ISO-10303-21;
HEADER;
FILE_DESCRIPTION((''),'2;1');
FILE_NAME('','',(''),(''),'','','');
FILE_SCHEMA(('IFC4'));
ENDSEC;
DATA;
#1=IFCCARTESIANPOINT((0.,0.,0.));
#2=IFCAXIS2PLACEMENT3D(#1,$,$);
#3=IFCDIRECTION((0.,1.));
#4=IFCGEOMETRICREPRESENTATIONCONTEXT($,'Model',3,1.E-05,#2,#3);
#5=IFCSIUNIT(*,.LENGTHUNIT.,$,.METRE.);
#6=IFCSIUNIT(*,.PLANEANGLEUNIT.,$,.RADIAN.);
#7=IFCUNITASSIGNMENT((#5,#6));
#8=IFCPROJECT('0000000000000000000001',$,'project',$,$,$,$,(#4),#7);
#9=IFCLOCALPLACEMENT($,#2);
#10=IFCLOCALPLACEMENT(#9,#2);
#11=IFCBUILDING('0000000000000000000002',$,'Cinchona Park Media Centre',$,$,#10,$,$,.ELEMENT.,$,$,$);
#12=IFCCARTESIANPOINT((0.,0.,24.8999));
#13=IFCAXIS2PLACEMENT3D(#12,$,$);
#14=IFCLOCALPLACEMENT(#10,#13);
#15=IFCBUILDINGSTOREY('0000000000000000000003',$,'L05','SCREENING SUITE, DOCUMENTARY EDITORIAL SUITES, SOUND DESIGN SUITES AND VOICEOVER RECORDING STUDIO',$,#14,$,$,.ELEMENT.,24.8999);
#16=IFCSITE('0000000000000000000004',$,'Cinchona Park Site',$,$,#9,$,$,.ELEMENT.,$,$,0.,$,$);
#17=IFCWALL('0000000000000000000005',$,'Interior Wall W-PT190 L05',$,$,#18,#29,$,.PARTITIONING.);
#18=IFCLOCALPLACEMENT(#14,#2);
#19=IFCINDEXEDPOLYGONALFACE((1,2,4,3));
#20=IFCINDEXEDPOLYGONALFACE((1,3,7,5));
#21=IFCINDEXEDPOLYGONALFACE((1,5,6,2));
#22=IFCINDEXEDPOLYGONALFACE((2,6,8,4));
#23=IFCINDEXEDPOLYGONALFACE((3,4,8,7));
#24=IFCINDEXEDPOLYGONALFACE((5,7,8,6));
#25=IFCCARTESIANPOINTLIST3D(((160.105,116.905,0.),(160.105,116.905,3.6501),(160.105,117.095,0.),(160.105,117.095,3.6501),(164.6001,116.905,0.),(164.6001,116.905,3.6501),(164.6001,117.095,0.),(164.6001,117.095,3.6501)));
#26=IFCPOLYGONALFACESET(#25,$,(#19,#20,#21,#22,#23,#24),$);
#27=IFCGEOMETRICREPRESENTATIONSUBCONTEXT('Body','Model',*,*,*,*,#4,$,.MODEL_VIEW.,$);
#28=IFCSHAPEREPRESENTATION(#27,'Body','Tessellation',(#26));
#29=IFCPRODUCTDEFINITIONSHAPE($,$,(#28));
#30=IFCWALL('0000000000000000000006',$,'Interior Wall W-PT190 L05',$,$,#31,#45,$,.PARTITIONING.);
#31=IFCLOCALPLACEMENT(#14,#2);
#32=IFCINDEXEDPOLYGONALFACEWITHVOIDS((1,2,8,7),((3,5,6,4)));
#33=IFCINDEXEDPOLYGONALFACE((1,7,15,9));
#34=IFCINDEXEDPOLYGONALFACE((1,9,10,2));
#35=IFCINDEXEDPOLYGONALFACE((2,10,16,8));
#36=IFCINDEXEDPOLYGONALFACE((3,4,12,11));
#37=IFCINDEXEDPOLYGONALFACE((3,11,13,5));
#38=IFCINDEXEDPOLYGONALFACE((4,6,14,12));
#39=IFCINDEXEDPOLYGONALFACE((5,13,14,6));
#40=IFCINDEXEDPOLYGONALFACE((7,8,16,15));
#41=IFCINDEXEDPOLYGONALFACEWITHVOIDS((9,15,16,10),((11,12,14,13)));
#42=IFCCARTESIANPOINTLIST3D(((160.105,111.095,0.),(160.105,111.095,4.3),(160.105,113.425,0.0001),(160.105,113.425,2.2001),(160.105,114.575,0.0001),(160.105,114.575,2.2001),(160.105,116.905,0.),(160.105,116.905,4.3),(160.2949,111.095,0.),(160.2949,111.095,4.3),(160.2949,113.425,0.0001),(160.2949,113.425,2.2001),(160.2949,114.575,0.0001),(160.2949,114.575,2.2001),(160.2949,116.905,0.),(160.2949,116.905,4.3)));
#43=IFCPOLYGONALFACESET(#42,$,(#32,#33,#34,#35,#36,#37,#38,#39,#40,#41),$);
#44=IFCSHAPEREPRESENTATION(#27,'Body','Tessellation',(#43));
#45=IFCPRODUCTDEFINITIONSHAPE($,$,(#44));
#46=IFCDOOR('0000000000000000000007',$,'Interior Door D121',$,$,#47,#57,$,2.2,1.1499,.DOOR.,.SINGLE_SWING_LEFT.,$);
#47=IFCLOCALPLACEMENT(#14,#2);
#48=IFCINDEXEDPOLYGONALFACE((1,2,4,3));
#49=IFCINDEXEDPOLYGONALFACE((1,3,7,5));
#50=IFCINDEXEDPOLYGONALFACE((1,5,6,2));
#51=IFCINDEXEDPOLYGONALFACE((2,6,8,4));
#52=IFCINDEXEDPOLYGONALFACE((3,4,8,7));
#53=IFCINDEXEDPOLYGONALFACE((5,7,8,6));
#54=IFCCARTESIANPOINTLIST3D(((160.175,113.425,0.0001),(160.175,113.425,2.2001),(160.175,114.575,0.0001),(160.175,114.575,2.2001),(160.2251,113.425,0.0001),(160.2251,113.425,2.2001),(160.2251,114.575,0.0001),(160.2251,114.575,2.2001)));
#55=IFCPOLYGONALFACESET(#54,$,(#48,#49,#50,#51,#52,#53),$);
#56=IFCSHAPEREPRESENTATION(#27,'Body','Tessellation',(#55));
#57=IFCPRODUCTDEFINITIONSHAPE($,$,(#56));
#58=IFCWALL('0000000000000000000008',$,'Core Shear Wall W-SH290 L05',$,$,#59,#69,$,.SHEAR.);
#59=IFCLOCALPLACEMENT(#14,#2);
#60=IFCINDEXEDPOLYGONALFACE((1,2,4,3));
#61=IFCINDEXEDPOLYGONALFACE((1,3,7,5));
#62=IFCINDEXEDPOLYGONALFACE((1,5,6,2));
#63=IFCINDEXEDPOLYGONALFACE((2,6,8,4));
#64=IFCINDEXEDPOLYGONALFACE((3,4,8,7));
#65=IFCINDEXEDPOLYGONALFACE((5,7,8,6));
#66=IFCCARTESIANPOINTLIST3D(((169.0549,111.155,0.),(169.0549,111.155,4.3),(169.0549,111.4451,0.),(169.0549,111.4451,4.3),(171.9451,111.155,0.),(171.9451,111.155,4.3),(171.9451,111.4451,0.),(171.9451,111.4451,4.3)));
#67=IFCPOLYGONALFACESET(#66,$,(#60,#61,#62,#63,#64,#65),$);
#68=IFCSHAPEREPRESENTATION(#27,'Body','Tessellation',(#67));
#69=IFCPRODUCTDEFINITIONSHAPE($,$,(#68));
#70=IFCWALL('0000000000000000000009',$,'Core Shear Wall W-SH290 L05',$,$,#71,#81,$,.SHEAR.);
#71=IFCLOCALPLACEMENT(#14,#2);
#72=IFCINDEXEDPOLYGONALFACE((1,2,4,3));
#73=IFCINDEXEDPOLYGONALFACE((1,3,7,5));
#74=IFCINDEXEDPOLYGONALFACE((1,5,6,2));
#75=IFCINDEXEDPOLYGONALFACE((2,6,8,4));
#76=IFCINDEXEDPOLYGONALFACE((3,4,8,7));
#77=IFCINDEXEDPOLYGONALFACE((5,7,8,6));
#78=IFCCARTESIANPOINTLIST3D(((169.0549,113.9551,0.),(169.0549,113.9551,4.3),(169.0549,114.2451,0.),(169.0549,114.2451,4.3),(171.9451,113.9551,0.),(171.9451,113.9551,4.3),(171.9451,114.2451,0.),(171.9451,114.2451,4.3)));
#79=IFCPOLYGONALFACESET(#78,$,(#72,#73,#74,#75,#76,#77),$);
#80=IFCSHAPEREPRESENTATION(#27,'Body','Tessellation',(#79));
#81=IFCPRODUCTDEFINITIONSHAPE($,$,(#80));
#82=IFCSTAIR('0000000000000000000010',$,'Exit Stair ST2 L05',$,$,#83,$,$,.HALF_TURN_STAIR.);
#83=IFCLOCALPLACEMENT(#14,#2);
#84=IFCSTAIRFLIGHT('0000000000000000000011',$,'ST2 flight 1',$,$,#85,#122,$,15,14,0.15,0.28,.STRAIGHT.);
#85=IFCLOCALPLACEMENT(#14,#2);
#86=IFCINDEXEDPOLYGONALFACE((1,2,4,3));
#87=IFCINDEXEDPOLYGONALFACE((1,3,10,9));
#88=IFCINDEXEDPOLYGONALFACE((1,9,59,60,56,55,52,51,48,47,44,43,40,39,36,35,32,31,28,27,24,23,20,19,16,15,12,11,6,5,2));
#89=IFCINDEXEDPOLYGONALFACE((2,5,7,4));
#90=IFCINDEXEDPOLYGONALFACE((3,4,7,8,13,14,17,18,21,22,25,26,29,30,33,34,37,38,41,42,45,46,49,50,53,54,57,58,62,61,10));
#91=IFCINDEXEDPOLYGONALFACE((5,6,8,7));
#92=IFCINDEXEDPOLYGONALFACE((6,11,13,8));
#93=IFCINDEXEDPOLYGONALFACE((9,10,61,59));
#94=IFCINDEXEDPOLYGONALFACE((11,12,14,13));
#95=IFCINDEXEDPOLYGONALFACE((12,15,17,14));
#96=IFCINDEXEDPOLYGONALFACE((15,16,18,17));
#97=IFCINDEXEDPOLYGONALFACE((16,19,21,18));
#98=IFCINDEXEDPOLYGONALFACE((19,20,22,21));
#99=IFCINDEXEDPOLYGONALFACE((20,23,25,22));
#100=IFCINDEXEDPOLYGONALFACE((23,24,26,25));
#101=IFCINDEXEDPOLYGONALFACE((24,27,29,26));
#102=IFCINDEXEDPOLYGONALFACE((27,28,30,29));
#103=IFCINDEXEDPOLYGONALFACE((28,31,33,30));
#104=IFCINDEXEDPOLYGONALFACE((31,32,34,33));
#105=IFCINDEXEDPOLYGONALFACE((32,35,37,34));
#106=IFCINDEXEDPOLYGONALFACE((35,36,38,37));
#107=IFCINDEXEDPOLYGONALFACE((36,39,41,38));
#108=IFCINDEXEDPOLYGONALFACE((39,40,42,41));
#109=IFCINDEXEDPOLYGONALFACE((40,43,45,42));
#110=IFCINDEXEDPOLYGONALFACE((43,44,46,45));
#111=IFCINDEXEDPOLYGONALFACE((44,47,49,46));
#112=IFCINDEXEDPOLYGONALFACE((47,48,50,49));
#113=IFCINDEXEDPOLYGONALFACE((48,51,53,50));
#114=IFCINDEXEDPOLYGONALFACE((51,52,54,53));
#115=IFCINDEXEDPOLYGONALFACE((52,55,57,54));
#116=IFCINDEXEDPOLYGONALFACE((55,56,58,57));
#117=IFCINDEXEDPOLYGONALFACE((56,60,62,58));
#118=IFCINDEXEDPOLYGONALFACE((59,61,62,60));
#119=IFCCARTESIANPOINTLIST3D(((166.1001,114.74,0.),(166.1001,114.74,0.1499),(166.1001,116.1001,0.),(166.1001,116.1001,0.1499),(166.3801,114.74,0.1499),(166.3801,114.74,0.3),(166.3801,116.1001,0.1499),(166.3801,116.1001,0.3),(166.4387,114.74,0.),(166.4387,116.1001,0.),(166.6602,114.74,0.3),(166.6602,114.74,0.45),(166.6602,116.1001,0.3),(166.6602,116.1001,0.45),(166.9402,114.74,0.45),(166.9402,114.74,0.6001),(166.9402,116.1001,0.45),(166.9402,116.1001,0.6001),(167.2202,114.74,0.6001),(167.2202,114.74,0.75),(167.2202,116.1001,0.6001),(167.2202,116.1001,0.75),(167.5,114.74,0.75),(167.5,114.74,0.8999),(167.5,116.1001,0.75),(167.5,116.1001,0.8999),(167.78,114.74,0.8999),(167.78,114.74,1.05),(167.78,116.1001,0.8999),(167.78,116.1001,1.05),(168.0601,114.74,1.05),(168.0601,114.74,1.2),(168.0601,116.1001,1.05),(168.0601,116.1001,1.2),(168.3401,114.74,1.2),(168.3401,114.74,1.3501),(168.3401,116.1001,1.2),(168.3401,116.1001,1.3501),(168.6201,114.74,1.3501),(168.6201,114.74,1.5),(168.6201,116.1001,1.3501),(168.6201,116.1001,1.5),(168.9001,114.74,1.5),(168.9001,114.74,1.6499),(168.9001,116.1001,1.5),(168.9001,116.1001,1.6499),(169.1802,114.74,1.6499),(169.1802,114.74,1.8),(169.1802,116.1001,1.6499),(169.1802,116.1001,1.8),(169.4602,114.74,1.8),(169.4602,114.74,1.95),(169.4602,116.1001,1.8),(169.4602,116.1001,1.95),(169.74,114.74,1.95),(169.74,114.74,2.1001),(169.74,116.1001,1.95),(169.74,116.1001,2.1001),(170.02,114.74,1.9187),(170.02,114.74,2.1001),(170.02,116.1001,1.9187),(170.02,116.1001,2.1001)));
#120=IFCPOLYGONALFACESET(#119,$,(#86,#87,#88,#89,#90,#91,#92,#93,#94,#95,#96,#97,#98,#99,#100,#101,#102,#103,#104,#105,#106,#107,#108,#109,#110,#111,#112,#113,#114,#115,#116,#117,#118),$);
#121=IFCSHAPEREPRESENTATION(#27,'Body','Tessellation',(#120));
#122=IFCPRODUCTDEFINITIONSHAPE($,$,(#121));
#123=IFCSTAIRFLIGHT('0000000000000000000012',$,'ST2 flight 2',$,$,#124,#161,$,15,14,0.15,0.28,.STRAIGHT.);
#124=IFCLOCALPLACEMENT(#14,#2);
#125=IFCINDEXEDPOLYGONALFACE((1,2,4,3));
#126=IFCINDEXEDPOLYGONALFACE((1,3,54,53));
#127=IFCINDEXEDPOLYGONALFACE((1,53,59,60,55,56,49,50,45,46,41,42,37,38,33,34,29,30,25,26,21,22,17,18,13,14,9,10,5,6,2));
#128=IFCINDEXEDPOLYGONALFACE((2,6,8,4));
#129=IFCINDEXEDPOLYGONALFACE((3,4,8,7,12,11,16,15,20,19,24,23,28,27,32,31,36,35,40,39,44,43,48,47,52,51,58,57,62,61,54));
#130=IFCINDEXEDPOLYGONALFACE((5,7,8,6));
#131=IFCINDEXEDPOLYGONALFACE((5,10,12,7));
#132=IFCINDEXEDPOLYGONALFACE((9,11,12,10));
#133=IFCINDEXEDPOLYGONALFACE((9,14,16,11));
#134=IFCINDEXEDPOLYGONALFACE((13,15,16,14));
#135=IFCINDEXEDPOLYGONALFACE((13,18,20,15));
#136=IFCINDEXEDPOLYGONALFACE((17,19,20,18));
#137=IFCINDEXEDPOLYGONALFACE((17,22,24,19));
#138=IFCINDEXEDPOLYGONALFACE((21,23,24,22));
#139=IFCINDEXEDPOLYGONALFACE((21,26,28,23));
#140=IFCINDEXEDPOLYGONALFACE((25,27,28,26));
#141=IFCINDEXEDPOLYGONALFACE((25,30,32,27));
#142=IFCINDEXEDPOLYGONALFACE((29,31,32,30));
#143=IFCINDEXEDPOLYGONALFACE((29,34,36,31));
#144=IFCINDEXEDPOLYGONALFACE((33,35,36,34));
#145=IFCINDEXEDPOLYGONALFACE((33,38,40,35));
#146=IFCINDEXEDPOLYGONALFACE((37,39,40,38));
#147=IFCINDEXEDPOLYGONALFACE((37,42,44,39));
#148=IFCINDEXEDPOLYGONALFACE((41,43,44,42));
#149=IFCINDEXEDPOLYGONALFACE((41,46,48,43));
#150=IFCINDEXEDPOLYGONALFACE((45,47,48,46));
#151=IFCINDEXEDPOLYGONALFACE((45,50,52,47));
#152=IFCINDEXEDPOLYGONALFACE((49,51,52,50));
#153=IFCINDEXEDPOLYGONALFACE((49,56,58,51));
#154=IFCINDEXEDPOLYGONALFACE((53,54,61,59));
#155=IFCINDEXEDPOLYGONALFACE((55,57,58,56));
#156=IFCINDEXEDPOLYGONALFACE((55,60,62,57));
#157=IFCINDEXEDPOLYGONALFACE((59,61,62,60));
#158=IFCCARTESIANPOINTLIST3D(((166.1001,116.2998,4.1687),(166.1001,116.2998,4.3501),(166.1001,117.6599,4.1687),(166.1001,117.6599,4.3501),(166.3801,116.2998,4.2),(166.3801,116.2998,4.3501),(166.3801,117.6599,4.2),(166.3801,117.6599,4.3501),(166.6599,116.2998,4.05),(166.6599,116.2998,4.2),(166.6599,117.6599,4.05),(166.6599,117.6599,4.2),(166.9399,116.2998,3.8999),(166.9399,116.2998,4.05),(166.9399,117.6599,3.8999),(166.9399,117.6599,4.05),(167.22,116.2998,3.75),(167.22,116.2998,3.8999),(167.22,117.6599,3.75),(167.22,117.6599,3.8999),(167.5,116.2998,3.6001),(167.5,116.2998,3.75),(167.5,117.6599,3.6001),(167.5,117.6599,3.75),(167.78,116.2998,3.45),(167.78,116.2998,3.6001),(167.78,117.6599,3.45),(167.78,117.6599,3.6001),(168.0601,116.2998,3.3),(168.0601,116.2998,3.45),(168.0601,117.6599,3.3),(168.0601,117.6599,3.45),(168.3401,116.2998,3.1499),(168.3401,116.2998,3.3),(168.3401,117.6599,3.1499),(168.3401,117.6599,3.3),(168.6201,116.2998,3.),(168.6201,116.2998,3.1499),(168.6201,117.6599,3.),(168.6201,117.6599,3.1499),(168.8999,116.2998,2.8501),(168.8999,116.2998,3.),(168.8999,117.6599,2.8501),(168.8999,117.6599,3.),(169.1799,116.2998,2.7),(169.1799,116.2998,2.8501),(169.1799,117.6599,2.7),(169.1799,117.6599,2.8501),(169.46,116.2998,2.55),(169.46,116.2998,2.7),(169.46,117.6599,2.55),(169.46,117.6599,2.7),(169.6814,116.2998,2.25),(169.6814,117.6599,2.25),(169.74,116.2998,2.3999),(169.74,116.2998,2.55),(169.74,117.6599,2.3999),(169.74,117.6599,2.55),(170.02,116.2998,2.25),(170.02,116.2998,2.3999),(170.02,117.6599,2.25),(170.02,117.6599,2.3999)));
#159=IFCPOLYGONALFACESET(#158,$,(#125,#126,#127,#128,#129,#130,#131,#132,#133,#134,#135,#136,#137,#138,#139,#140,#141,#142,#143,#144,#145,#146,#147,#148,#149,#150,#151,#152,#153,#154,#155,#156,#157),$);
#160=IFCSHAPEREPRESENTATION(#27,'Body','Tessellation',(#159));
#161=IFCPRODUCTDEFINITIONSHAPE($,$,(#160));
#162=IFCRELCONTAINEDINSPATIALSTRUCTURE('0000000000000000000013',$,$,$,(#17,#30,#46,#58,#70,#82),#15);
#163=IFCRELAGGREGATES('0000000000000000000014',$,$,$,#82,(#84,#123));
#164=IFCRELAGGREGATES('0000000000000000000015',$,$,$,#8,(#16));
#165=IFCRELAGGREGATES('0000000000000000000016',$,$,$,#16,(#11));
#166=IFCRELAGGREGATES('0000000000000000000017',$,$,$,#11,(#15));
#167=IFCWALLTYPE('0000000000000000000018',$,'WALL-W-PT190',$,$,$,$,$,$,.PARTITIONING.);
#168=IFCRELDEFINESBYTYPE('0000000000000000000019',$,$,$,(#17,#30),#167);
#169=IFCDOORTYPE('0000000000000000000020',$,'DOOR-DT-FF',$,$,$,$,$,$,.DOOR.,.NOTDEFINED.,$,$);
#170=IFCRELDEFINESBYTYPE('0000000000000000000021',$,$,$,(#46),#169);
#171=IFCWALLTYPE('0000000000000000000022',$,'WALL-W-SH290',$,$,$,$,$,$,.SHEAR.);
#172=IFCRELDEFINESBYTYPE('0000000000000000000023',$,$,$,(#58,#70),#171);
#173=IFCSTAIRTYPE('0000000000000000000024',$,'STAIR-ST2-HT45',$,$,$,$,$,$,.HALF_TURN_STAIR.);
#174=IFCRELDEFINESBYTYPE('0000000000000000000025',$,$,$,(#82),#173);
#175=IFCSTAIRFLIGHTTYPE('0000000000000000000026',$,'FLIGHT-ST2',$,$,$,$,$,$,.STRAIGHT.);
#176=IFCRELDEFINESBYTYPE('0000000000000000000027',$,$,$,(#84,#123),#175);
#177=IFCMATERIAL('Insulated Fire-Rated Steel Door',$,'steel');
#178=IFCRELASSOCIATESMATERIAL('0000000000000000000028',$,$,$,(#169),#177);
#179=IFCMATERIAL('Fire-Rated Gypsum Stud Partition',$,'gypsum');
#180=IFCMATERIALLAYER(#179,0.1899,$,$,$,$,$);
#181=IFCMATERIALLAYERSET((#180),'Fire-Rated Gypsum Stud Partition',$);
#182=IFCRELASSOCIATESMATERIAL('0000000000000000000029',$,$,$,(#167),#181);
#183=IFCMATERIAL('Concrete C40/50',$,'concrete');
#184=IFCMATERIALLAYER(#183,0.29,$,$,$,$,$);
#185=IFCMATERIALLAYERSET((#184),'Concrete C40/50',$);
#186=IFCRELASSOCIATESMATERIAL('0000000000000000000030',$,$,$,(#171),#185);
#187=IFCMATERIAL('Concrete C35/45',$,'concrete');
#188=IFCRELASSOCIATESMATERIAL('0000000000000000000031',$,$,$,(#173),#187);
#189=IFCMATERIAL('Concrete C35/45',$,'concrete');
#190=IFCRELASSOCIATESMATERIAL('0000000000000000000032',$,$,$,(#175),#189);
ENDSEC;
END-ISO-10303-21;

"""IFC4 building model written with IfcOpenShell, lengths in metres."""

from ifc_helpers import new_model, si_unit, direction, frame, frame_2d, origin, place, context, subcontext, project, spatial, polyline, rectangle, outline, extrude, material, layer, layer_set, type_object, element, fill, aggregate, save


model = new_model("IFC4")

# Units and contexts
model_context = context("Model", 3, precision=1e-05, world=origin(), true_north=direction((0.0, 1.0)))
body_context = subcontext(model_context, "Body", "Model", "MODEL_VIEW")
ifc_project = project(units=[si_unit("LENGTHUNIT", "METRE"), si_unit("PLANEANGLEUNIT", "RADIAN")], contexts=[model_context])

# Site, building, storey
site_placement = place(None, origin())
site = spatial("IfcSite", under=ifc_project, at=site_placement, Name="Cinchona Park Site", CompositionType="ELEMENT", RefElevation=0.0)
building_placement = place(site_placement, origin())
building = spatial("IfcBuilding", under=site, at=building_placement, Name="Cinchona Park Media Centre", CompositionType="ELEMENT")
storey_placement = place(building_placement, frame((0.0, 0.0, 24.8999)))
storey = spatial("IfcBuildingStorey", under=building, at=storey_placement, Name="L05", Description="SCREENING SUITE, DOCUMENTARY EDITORIAL SUITES, SOUND DESIGN SUITES AND VOICEOVER RECORDING STUDIO", CompositionType="ELEMENT", Elevation=24.8999)

# Shared definitions
ifc_material_1 = material(Name="Insulated Fire-Rated Steel Door", Category="steel")
door_type_1 = type_object("IfcDoorType", Name="DOOR-DT-FF", OperationType="NOTDEFINED", PredefinedType="DOOR", material=ifc_material_1)

# Wall
ifc_material_2 = material(Name="Fire-Rated Gypsum Stud Partition", Category="gypsum")
ifc_layer_1 = layer(ifc_material_2, 0.1899)
ifc_layer_set_1 = layer_set([ifc_layer_1], Name="Fire-Rated Gypsum Stud Partition")
wall_type_1 = type_object("IfcWallType", Name="WALL-W-PT190", PredefinedType="PARTITIONING", material=ifc_layer_set_1)
wall_1_placement = place(storey_placement, frame((160.105, 117.0, 0.0), z_axis=(0.0, 0.0, 1.0), x_axis=(1.0, 0.0, 0.0)))
element("IfcWall", 1, at=wall_1_placement, inside=storey, type_object=wall_type_1, Name="Interior Wall W-PT190 L05", PredefinedType="PARTITIONING", context=body_context, shape_type="SweptSolid", body=[
    extrude(rectangle(XDim=4.4951, YDim=0.1899, at=frame_2d((2.2476, 0.0))), origin(), (0.0, 0.0, 1.0), 3.6501),
])

# Wall, opening, door
wall_2_placement = place(storey_placement, frame((160.2, 111.095, 0.0), z_axis=(0.0, 0.0, 1.0), x_axis=(0.0, 1.0, 0.0)))
wall_2 = element("IfcWall", 2, at=wall_2_placement, inside=storey, type_object=wall_type_1, Name="Interior Wall W-PT190 L05", PredefinedType="PARTITIONING", context=body_context, shape_type="SweptSolid", body=[
    extrude(rectangle(XDim=5.8101, YDim=0.1899, at=frame_2d((2.905, 0.0))), origin(), (0.0, 0.0, 1.0), 4.3),
])
opening_1_placement = place(wall_2_placement, frame((2.3301, 0.0, 0.0)))
opening_1 = element("IfcOpeningElement", 3, at=opening_1_placement, cuts=wall_2, PredefinedType="OPENING", context=body_context, shape_type="SweptSolid", body=[
    extrude(rectangle(XDim=1.1499, YDim=2.2, at=frame_2d((0.575, 1.1001))), frame((0.0, 0.105, 0.0), z_axis=(0.0, -1.0, 0.0), x_axis=(1.0, 0.0, 0.0)), (0.0, 0.0, 1.0), 0.21),
])
door_1_placement = place(opening_1_placement, origin())
door_1 = element("IfcDoor", 4, at=door_1_placement, inside=storey, type_object=door_type_1, Name="Interior Door D121", OperationType="SINGLE_SWING_LEFT", OverallHeight=2.2, OverallWidth=1.1499, PredefinedType="DOOR", context=body_context, shape_type="SweptSolid", body=[
    extrude(rectangle(XDim=1.1499, YDim=2.2, at=frame_2d((0.575, 1.1001))), frame((0.0, 0.0249, 0.0), z_axis=(0.0, -1.0, 0.0), x_axis=(1.0, 0.0, 0.0)), (0.0, 0.0, 1.0), 0.05),
])
fill(opening_1, door_1)

# Walls
ifc_material_3 = material(Name="Concrete C40/50", Category="concrete")
ifc_layer_2 = layer(ifc_material_3, 0.29)
ifc_layer_set_2 = layer_set([ifc_layer_2], Name="Concrete C40/50")
wall_type_2 = type_object("IfcWallType", Name="WALL-W-SH290", PredefinedType="SHEAR", material=ifc_layer_set_2)
for number, where, z_axis, x_axis, name in (
    (5, (169.0549, 111.3, 0.0), (0.0, 0.0, 1.0), (1.0, 0.0, 0.0), "Core Shear Wall W-SH290 L05"),
    (6, (169.0549, 114.1001, 0.0), (0.0, 0.0, 1.0), (1.0, 0.0, 0.0), "Core Shear Wall W-SH290 L05"),
):
    element("IfcWall", number, at=place(storey_placement, frame(where, z_axis=z_axis, x_axis=x_axis)), inside=storey, type_object=wall_type_2, Name=name, PredefinedType="SHEAR", context=body_context, shape_type="SweptSolid", body=[
        extrude(rectangle(XDim=2.8901, YDim=0.29, at=frame_2d((1.4451, 0.0))), origin(), (0.0, 0.0, 1.0), 4.3),
    ])

# Stair, stair flights
ifc_material_4 = material(Name="Concrete C35/45", Category="concrete")
stair_type = type_object("IfcStairType", Name="STAIR-ST2-HT45", PredefinedType="HALF_TURN_STAIR", material=ifc_material_4)
stair_placement = place(storey_placement, origin())
stair = element("IfcStair", 7, at=stair_placement, inside=storey, type_object=stair_type, Name="Exit Stair ST2 L05", PredefinedType="HALF_TURN_STAIR")
ifc_material_5 = material(Name="Concrete C35/45", Category="concrete")
stair_flight_type = type_object("IfcStairFlightType", Name="FLIGHT-ST2", PredefinedType="STRAIGHT", material=ifc_material_5)
stair_flight_1_placement = place(storey_placement, frame((166.1001, 115.4199, 0.0), z_axis=(0.0, 0.0, 1.0), x_axis=(1.0, 0.0, 0.0)))
stair_flight_1 = element("IfcStairFlight", 8, at=stair_flight_1_placement, type_object=stair_flight_type, Name="ST2 flight 1", NumberOfRisers=15, NumberOfTreads=14, PredefinedType="STRAIGHT", RiserHeight=0.15, TreadLength=0.28, context=body_context, shape_type="SweptSolid", body=[
    extrude(outline(polyline([(0.0, 0.0), (0.0, 0.1499), (0.28, 0.1499), (0.28, 0.3), (0.5601, 0.3), (0.5601, 0.45), (0.8401, 0.45), (0.8401, 0.6001), (1.1201, 0.6001), (1.1201, 0.75), (1.3999, 0.75), (1.3999, 0.8999), (1.6799, 0.8999), (1.6799, 1.05), (1.96, 1.05), (1.96, 1.2), (2.24, 1.2), (2.24, 1.3501), (2.52, 1.3501), (2.52, 1.5), (2.8, 1.5), (2.8, 1.6499), (3.0801, 1.6499), (3.0801, 1.8), (3.3601, 1.8), (3.3601, 1.95), (3.6399, 1.95), (3.6399, 2.1001), (3.9199, 2.1001), (3.9199, 2.25), (3.9199, 1.9187), (0.3386, 0.0), (0.0, 0.0)])), frame((0.0, 0.6802, 0.0), z_axis=(0.0, -1.0, 0.0), x_axis=(1.0, 0.0, 0.0)), (0.0, 0.0, 1.0), 1.3601),
])
stair_flight_2_placement = place(storey_placement, frame((170.02, 116.98, 2.25), z_axis=(0.0, 0.0, 1.0), x_axis=(-1.0, 0.0, 0.0)))
stair_flight_2 = element("IfcStairFlight", 9, at=stair_flight_2_placement, type_object=stair_flight_type, Name="ST2 flight 2", NumberOfRisers=15, NumberOfTreads=14, PredefinedType="STRAIGHT", RiserHeight=0.15, TreadLength=0.28, context=body_context, shape_type="SweptSolid", body=[
    extrude(outline(polyline([(0.0, 0.0), (0.0, 0.1499), (0.28, 0.1499), (0.28, 0.3), (0.5601, 0.3), (0.5601, 0.45), (0.8401, 0.45), (0.8401, 0.6001), (1.1201, 0.6001), (1.1201, 0.75), (1.3999, 0.75), (1.3999, 0.8999), (1.6799, 0.8999), (1.6799, 1.05), (1.96, 1.05), (1.96, 1.2), (2.24, 1.2), (2.24, 1.3501), (2.52, 1.3501), (2.52, 1.5), (2.8, 1.5), (2.8, 1.6499), (3.0801, 1.6499), (3.0801, 1.8), (3.3601, 1.8), (3.3601, 1.95), (3.6399, 1.95), (3.6399, 2.1001), (3.9199, 2.1001), (3.9199, 2.25), (3.9199, 1.9187), (0.3386, 0.0), (0.0, 0.0)])), frame((0.0, 0.6802, 0.0), z_axis=(0.0, -1.0, 0.0), x_axis=(1.0, 0.0, 0.0)), (0.0, 0.0, 1.0), 1.3601),
])
aggregate(stair, [stair_flight_1, stair_flight_2])

save(model, "model.ifc")
